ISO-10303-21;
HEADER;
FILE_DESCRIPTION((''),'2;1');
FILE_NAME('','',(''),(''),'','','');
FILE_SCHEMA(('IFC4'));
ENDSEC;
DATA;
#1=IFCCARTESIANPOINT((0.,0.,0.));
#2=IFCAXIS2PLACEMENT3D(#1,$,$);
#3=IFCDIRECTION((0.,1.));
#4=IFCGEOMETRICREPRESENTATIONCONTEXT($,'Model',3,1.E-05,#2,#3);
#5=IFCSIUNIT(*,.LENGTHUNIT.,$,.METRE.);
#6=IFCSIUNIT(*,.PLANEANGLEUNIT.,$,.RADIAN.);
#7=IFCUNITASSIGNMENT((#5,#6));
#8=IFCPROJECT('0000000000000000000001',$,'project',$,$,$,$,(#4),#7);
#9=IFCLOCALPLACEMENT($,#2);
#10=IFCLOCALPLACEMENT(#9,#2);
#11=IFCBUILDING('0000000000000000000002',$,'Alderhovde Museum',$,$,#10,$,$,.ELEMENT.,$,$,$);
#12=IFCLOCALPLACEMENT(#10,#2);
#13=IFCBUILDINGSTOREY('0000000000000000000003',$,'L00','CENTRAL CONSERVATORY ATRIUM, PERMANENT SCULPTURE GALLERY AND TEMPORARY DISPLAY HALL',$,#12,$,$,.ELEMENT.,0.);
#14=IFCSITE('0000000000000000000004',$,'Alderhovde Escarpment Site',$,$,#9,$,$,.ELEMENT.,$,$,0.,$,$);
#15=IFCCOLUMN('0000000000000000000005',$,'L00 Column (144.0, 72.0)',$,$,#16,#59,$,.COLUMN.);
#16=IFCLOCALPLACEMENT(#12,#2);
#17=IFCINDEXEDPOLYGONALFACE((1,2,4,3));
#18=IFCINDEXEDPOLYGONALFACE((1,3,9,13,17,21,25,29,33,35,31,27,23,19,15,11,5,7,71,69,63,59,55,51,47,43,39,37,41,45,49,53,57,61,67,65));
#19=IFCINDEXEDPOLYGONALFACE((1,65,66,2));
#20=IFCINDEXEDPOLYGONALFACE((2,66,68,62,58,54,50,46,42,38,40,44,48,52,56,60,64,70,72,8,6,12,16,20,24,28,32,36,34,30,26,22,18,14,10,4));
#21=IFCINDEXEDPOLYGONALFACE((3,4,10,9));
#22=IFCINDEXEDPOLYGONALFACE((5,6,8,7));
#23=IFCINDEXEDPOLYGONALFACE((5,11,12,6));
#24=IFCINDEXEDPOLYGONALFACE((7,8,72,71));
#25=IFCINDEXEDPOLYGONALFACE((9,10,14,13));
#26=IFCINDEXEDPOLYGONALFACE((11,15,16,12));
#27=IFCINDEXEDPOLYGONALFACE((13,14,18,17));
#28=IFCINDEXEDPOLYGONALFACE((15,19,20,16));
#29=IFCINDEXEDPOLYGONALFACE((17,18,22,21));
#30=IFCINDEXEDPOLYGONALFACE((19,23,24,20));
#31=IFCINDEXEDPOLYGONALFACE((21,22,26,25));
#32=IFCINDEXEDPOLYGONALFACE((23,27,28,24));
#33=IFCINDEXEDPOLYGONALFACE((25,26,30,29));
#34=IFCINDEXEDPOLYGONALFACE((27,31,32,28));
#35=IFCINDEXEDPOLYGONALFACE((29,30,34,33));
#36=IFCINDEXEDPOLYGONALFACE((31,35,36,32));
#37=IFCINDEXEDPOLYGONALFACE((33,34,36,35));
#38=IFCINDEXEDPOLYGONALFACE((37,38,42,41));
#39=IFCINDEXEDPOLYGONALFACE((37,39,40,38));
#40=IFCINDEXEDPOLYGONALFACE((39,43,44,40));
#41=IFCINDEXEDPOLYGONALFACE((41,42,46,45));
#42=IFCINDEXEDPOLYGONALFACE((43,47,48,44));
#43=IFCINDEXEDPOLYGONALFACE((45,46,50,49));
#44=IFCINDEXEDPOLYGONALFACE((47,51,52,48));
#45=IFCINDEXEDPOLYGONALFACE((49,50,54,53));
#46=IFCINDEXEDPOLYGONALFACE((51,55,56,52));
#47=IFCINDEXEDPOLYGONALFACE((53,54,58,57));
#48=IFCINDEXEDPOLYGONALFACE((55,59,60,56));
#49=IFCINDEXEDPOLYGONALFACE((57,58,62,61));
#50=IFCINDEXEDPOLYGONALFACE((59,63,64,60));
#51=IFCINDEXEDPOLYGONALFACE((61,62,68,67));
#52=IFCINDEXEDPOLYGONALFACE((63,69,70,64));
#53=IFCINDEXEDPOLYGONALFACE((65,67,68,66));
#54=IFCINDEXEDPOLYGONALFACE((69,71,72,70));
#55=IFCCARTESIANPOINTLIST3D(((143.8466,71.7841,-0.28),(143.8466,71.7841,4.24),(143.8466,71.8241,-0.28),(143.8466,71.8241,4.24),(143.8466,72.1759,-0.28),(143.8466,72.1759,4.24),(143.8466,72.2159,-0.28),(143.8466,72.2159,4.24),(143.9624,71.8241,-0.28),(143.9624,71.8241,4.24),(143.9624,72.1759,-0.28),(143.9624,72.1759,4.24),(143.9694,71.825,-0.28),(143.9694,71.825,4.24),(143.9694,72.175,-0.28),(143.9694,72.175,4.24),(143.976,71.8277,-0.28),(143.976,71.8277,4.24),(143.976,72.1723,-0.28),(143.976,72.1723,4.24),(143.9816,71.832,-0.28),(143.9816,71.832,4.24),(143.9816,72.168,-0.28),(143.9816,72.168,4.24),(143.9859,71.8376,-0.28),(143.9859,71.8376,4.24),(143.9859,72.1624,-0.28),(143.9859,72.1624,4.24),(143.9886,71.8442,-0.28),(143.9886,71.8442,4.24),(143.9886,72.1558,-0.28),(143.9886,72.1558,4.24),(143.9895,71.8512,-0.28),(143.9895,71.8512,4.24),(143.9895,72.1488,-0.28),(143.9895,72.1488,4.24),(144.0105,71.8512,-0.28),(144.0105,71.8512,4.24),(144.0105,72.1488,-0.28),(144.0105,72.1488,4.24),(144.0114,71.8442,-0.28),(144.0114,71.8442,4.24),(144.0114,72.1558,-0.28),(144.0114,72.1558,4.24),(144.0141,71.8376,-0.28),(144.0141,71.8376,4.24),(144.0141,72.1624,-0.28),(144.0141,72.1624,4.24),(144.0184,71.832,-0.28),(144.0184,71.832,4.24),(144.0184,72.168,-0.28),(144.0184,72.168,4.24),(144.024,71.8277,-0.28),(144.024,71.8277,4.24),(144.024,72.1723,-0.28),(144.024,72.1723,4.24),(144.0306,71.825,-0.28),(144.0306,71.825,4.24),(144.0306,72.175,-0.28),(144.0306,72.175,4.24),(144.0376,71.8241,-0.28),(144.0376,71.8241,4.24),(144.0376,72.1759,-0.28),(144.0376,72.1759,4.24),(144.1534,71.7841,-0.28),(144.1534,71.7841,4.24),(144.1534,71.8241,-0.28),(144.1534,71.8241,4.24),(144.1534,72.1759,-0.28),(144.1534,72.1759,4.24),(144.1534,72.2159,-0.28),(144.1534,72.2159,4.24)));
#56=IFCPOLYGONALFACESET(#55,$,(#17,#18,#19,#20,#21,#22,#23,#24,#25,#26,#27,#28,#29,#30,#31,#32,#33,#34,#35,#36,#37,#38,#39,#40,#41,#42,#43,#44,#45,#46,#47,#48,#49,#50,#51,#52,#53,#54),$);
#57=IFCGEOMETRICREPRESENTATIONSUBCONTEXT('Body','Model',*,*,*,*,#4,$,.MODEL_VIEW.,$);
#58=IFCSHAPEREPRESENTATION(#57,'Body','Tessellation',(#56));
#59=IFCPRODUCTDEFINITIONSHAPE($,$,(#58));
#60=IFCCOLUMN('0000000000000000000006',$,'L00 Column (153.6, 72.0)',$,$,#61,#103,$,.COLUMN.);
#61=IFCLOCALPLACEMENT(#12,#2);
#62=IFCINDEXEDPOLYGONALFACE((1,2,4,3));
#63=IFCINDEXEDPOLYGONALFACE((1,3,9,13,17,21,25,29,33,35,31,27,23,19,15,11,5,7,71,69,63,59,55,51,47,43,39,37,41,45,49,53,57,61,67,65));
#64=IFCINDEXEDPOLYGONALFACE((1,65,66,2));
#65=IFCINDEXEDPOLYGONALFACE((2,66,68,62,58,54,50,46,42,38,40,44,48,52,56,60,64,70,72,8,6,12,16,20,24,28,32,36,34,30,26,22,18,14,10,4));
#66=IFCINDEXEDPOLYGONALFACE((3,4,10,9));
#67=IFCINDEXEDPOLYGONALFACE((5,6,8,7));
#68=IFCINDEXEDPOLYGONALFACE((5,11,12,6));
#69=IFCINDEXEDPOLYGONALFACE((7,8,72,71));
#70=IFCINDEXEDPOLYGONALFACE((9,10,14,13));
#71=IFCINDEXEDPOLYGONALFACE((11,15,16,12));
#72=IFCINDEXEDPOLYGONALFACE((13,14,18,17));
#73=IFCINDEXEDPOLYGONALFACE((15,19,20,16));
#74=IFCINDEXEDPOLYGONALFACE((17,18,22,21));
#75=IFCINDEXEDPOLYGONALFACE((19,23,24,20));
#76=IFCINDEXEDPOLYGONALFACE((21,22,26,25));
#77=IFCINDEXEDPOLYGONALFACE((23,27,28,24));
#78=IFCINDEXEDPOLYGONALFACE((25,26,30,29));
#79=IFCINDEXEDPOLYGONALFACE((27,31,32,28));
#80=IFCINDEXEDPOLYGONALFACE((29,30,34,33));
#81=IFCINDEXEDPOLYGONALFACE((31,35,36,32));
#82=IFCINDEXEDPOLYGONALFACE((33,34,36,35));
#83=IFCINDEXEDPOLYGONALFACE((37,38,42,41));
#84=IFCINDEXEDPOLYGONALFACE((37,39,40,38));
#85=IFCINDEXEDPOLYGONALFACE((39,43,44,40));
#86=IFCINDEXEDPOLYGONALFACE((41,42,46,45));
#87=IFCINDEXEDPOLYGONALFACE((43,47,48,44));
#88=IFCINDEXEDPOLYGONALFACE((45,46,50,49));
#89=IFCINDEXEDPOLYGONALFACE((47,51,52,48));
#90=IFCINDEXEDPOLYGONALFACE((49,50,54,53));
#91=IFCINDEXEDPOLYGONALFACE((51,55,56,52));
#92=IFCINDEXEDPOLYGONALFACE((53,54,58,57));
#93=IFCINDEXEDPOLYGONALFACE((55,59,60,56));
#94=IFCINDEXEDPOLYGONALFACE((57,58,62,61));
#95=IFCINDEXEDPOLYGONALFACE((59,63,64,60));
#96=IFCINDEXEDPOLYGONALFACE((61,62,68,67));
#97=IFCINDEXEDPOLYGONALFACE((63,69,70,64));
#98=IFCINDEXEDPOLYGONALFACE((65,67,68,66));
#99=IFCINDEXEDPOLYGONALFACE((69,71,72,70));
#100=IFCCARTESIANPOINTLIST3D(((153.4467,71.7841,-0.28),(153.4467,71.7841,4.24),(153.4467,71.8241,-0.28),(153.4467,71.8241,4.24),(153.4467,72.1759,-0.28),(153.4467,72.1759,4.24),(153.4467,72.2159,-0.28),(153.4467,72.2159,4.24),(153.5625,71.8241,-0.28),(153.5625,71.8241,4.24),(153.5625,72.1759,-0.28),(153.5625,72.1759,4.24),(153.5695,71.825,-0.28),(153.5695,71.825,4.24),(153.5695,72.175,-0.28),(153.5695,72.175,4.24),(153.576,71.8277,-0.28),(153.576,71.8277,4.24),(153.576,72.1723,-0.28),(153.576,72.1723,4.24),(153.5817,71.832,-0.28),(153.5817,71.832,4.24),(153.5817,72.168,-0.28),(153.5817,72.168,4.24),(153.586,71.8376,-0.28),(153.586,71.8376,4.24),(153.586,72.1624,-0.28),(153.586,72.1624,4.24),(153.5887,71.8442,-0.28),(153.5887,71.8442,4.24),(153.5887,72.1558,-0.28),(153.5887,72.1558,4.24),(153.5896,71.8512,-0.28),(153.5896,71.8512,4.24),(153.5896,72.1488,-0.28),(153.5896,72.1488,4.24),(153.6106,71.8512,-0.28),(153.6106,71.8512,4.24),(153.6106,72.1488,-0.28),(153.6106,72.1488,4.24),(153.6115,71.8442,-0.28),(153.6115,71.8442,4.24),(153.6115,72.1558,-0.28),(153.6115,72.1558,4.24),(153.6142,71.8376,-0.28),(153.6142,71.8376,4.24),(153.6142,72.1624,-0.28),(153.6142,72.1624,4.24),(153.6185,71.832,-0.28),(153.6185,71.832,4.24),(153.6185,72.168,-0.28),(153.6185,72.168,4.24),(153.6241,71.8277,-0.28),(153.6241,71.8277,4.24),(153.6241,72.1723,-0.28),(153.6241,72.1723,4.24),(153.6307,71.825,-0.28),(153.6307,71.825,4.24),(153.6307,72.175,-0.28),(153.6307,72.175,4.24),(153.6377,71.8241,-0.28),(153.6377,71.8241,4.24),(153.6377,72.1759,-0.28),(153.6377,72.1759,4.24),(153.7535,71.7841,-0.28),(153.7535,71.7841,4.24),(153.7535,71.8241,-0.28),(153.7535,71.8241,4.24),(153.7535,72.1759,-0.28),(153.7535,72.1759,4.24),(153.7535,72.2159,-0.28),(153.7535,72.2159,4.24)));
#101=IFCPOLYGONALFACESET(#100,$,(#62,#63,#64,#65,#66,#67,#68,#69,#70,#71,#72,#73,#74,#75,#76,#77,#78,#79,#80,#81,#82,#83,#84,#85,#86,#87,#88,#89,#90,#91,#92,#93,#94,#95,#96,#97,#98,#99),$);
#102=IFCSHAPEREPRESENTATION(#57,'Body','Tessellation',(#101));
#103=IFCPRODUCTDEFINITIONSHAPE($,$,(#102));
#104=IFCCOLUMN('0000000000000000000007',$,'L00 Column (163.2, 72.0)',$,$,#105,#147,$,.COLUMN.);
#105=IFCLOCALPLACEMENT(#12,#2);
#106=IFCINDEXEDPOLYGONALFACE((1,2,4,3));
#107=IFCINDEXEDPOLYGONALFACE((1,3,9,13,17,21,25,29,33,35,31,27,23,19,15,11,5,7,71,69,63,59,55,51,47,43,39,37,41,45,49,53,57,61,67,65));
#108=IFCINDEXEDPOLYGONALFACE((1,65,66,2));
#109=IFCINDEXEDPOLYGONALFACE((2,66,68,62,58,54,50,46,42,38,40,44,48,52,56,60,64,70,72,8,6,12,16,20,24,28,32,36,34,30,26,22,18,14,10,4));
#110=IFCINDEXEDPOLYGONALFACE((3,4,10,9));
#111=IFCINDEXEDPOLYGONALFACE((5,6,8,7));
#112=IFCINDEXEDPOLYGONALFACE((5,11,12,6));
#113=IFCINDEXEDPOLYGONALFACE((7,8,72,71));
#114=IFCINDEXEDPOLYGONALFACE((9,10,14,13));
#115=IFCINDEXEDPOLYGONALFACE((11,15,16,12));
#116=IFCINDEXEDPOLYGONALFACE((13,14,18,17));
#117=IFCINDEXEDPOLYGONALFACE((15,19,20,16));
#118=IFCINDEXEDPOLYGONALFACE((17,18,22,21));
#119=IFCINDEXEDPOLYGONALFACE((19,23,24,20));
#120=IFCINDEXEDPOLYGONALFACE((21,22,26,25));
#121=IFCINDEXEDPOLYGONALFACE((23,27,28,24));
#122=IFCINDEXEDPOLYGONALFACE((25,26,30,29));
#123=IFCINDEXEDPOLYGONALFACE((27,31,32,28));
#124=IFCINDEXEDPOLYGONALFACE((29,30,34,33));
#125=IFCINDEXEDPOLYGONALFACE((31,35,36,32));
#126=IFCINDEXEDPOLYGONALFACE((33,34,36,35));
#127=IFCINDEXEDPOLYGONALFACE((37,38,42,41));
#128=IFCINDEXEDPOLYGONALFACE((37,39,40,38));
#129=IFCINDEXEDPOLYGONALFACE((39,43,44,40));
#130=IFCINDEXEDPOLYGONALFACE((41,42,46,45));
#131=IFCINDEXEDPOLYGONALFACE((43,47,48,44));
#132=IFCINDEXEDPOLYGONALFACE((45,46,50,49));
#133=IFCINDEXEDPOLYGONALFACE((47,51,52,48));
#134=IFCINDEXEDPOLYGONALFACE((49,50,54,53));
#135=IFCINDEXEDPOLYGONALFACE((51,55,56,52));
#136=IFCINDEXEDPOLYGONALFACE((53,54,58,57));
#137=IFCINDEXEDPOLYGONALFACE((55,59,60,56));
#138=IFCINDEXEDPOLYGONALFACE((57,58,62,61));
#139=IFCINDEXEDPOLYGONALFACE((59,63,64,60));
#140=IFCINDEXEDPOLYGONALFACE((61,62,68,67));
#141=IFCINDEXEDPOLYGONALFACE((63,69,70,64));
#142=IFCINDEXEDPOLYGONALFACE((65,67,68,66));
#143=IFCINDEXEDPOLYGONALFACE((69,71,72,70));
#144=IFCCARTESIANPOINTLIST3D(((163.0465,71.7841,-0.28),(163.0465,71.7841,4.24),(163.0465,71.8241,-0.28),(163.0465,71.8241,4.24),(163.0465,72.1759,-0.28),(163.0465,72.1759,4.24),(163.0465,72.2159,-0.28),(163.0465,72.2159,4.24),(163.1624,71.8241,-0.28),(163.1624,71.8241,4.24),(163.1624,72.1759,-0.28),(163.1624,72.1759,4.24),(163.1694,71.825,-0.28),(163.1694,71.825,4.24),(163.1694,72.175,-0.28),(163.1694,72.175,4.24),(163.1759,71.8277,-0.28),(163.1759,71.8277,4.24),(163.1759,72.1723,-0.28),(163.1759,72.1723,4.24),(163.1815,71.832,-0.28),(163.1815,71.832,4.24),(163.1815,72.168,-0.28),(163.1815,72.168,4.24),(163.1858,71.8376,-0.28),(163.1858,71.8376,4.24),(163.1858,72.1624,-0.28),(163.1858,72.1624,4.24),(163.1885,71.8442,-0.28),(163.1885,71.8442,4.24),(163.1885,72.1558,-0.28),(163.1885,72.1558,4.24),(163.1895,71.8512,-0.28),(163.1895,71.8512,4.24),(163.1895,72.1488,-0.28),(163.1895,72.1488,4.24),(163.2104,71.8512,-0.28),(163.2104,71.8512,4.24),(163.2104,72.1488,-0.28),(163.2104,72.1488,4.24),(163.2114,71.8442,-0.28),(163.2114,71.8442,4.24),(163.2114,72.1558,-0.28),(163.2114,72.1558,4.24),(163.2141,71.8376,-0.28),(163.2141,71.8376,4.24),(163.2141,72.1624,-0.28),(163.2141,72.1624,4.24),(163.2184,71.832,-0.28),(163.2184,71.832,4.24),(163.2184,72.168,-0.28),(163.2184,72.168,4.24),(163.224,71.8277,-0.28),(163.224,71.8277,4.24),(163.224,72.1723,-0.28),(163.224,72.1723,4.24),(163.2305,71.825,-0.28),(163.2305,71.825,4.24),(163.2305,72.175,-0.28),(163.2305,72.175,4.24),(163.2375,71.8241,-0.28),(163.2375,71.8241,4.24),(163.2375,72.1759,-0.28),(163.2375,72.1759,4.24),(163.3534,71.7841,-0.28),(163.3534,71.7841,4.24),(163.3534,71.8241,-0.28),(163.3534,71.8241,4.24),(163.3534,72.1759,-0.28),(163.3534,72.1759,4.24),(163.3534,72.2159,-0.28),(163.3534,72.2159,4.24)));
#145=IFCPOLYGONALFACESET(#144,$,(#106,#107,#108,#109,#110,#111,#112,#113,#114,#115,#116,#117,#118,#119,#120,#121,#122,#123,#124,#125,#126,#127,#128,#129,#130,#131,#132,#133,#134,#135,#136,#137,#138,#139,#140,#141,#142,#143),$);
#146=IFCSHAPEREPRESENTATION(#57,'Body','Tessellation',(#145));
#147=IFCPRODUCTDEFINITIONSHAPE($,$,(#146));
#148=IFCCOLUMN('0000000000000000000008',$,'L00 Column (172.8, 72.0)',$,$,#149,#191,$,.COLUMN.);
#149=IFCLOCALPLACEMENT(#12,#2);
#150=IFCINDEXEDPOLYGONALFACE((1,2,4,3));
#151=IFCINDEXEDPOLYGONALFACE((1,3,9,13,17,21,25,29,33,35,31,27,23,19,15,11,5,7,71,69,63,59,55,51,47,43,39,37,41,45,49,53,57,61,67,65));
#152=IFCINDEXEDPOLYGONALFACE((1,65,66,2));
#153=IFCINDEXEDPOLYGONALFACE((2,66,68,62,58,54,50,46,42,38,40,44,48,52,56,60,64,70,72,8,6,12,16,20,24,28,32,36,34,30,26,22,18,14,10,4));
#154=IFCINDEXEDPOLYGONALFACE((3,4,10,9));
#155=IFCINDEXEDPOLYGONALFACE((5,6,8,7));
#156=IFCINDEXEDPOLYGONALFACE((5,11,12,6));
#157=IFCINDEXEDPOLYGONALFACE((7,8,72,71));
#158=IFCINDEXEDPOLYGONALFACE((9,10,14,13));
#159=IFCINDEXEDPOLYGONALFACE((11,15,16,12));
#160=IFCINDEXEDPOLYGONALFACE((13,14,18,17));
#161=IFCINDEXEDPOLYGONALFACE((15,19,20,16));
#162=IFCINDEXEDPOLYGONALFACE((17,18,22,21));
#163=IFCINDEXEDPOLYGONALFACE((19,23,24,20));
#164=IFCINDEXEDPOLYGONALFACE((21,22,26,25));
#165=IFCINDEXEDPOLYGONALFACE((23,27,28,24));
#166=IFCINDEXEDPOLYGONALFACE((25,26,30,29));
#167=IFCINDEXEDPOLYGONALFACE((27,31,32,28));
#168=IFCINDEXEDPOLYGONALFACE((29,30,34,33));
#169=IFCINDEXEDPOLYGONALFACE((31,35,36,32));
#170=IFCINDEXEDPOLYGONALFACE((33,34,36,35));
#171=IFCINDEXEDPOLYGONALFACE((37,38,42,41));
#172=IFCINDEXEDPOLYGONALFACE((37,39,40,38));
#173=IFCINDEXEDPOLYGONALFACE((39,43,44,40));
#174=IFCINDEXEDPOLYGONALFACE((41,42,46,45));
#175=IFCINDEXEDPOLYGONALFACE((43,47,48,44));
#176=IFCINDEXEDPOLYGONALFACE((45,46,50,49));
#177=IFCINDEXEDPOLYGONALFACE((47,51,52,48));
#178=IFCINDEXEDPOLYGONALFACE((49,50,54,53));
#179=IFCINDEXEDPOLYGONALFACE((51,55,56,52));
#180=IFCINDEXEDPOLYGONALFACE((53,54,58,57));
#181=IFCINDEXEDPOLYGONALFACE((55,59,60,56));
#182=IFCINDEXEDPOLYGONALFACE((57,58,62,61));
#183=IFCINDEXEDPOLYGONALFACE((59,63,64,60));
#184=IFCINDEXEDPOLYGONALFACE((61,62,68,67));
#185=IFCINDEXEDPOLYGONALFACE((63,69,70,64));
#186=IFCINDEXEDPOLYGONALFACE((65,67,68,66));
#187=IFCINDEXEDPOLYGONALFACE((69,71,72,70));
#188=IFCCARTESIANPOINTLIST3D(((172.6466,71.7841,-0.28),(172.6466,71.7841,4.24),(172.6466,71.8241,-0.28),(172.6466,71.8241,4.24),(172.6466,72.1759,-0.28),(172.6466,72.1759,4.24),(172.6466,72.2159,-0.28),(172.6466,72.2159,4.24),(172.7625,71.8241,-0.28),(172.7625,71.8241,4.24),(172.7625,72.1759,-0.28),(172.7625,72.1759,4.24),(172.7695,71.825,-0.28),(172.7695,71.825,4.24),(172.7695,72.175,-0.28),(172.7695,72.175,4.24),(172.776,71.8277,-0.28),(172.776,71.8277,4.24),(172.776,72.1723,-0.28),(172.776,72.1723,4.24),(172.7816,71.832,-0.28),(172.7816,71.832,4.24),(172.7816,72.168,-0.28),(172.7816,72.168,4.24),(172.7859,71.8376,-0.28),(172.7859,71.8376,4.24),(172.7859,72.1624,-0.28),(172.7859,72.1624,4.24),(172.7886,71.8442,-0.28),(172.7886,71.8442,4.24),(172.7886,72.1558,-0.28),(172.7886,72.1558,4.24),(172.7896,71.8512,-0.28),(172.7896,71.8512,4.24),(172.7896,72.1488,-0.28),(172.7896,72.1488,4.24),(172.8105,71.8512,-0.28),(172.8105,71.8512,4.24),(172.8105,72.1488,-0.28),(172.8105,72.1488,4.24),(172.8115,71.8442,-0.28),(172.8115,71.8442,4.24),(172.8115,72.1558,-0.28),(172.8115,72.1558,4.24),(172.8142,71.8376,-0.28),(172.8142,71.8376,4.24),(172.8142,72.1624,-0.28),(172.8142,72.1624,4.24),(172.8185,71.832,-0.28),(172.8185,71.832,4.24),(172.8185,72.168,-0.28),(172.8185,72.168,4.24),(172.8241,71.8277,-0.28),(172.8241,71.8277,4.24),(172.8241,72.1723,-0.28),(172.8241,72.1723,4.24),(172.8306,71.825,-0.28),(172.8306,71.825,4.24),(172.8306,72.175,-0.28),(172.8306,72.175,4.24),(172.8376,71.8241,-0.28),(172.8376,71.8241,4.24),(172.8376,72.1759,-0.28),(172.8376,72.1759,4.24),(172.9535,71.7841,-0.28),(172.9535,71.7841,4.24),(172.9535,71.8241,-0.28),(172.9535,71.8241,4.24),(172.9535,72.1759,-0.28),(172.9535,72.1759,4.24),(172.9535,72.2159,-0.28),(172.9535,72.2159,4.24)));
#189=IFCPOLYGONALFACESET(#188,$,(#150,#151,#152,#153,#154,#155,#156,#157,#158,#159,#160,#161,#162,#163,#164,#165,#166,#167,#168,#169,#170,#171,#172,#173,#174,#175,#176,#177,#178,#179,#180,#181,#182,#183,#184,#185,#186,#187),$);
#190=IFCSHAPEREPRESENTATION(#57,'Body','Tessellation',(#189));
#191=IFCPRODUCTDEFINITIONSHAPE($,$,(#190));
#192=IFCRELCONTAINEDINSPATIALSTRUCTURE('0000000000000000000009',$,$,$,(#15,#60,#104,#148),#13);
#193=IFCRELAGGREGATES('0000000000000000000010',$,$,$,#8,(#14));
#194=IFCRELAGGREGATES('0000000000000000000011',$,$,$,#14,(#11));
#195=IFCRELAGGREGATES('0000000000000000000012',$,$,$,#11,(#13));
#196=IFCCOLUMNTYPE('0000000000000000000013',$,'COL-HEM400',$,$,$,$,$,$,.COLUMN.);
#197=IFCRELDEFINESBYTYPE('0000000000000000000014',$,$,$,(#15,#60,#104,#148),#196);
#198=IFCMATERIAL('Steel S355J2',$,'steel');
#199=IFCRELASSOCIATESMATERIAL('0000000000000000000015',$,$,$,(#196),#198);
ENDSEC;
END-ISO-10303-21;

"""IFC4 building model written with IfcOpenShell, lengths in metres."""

from ifc_helpers import new_model, si_unit, direction, frame, origin, origin_2d, place, context, subcontext, project, spatial, i_section, extrude, material, material_profile, profile_set, type_object, element, save


model = new_model("IFC4")

# Units and contexts
model_context = context("Model", 3, precision=1e-05, world=origin(), true_north=direction((0.0, 1.0)))
body_context = subcontext(model_context, "Body", "Model", "MODEL_VIEW")
ifc_project = project(units=[si_unit("LENGTHUNIT", "METRE"), si_unit("PLANEANGLEUNIT", "RADIAN")], contexts=[model_context])

# Site, building, storey
site_placement = place(None, origin())
site = spatial("IfcSite", under=ifc_project, at=site_placement, Name="Alderhovde Escarpment Site", CompositionType="ELEMENT", RefElevation=0.0)
building_placement = place(site_placement, origin())
building = spatial("IfcBuilding", under=site, at=building_placement, Name="Alderhovde Museum", CompositionType="ELEMENT")
storey_placement = place(building_placement, origin())
storey = spatial("IfcBuildingStorey", under=building, at=storey_placement, Name="L00", Description="CENTRAL CONSERVATORY ATRIUM, PERMANENT SCULPTURE GALLERY AND TEMPORARY DISPLAY HALL", CompositionType="ELEMENT", Elevation=0.0)

# Columns
ifc_material_1 = material(Name="Steel S355J2", Category="steel")
ifc_material_profile_1 = material_profile(ifc_material_1, i_section(OverallWidth=0.3069, OverallDepth=0.4319, WebThickness=0.021, FlangeThickness=0.04, FilletRadius=0.0271, at=origin_2d()), Name="HEM 400")
ifc_profile_set_1 = profile_set([ifc_material_profile_1], Name="Steel S355J2")
column_type_1 = type_object("IfcColumnType", Name="COL-HEM400", PredefinedType="COLUMN", material=ifc_profile_set_1)
for number, where, z_axis, x_axis, name in (
    (1, (144.0, 72.0, -0.28), (0.0, 0.0, 1.0), (1.0, 0.0, 0.0), "L00 Column (144.0, 72.0)"),
    (2, (153.6001, 72.0, -0.28), (0.0, 0.0, 1.0), (1.0, 0.0, 0.0), "L00 Column (153.6, 72.0)"),
    (3, (163.2, 72.0, -0.28), (0.0, 0.0, 1.0), (1.0, 0.0, 0.0), "L00 Column (163.2, 72.0)"),
    (4, (172.8, 72.0, -0.28), (0.0, 0.0, 1.0), (1.0, 0.0, 0.0), "L00 Column (172.8, 72.0)"),
):
    element("IfcColumn", number, at=place(storey_placement, frame(where, z_axis=z_axis, x_axis=x_axis)), inside=storey, type_object=column_type_1, Name=name, PredefinedType="COLUMN", context=body_context, shape_type="SweptSolid", body=[
        extrude(i_section(OverallWidth=0.3069, OverallDepth=0.4319, WebThickness=0.021, FlangeThickness=0.04, FilletRadius=0.0271, at=origin_2d()), origin(), (0.0, 0.0, 1.0), 4.52),
    ])

save(model, "model.ifc")
